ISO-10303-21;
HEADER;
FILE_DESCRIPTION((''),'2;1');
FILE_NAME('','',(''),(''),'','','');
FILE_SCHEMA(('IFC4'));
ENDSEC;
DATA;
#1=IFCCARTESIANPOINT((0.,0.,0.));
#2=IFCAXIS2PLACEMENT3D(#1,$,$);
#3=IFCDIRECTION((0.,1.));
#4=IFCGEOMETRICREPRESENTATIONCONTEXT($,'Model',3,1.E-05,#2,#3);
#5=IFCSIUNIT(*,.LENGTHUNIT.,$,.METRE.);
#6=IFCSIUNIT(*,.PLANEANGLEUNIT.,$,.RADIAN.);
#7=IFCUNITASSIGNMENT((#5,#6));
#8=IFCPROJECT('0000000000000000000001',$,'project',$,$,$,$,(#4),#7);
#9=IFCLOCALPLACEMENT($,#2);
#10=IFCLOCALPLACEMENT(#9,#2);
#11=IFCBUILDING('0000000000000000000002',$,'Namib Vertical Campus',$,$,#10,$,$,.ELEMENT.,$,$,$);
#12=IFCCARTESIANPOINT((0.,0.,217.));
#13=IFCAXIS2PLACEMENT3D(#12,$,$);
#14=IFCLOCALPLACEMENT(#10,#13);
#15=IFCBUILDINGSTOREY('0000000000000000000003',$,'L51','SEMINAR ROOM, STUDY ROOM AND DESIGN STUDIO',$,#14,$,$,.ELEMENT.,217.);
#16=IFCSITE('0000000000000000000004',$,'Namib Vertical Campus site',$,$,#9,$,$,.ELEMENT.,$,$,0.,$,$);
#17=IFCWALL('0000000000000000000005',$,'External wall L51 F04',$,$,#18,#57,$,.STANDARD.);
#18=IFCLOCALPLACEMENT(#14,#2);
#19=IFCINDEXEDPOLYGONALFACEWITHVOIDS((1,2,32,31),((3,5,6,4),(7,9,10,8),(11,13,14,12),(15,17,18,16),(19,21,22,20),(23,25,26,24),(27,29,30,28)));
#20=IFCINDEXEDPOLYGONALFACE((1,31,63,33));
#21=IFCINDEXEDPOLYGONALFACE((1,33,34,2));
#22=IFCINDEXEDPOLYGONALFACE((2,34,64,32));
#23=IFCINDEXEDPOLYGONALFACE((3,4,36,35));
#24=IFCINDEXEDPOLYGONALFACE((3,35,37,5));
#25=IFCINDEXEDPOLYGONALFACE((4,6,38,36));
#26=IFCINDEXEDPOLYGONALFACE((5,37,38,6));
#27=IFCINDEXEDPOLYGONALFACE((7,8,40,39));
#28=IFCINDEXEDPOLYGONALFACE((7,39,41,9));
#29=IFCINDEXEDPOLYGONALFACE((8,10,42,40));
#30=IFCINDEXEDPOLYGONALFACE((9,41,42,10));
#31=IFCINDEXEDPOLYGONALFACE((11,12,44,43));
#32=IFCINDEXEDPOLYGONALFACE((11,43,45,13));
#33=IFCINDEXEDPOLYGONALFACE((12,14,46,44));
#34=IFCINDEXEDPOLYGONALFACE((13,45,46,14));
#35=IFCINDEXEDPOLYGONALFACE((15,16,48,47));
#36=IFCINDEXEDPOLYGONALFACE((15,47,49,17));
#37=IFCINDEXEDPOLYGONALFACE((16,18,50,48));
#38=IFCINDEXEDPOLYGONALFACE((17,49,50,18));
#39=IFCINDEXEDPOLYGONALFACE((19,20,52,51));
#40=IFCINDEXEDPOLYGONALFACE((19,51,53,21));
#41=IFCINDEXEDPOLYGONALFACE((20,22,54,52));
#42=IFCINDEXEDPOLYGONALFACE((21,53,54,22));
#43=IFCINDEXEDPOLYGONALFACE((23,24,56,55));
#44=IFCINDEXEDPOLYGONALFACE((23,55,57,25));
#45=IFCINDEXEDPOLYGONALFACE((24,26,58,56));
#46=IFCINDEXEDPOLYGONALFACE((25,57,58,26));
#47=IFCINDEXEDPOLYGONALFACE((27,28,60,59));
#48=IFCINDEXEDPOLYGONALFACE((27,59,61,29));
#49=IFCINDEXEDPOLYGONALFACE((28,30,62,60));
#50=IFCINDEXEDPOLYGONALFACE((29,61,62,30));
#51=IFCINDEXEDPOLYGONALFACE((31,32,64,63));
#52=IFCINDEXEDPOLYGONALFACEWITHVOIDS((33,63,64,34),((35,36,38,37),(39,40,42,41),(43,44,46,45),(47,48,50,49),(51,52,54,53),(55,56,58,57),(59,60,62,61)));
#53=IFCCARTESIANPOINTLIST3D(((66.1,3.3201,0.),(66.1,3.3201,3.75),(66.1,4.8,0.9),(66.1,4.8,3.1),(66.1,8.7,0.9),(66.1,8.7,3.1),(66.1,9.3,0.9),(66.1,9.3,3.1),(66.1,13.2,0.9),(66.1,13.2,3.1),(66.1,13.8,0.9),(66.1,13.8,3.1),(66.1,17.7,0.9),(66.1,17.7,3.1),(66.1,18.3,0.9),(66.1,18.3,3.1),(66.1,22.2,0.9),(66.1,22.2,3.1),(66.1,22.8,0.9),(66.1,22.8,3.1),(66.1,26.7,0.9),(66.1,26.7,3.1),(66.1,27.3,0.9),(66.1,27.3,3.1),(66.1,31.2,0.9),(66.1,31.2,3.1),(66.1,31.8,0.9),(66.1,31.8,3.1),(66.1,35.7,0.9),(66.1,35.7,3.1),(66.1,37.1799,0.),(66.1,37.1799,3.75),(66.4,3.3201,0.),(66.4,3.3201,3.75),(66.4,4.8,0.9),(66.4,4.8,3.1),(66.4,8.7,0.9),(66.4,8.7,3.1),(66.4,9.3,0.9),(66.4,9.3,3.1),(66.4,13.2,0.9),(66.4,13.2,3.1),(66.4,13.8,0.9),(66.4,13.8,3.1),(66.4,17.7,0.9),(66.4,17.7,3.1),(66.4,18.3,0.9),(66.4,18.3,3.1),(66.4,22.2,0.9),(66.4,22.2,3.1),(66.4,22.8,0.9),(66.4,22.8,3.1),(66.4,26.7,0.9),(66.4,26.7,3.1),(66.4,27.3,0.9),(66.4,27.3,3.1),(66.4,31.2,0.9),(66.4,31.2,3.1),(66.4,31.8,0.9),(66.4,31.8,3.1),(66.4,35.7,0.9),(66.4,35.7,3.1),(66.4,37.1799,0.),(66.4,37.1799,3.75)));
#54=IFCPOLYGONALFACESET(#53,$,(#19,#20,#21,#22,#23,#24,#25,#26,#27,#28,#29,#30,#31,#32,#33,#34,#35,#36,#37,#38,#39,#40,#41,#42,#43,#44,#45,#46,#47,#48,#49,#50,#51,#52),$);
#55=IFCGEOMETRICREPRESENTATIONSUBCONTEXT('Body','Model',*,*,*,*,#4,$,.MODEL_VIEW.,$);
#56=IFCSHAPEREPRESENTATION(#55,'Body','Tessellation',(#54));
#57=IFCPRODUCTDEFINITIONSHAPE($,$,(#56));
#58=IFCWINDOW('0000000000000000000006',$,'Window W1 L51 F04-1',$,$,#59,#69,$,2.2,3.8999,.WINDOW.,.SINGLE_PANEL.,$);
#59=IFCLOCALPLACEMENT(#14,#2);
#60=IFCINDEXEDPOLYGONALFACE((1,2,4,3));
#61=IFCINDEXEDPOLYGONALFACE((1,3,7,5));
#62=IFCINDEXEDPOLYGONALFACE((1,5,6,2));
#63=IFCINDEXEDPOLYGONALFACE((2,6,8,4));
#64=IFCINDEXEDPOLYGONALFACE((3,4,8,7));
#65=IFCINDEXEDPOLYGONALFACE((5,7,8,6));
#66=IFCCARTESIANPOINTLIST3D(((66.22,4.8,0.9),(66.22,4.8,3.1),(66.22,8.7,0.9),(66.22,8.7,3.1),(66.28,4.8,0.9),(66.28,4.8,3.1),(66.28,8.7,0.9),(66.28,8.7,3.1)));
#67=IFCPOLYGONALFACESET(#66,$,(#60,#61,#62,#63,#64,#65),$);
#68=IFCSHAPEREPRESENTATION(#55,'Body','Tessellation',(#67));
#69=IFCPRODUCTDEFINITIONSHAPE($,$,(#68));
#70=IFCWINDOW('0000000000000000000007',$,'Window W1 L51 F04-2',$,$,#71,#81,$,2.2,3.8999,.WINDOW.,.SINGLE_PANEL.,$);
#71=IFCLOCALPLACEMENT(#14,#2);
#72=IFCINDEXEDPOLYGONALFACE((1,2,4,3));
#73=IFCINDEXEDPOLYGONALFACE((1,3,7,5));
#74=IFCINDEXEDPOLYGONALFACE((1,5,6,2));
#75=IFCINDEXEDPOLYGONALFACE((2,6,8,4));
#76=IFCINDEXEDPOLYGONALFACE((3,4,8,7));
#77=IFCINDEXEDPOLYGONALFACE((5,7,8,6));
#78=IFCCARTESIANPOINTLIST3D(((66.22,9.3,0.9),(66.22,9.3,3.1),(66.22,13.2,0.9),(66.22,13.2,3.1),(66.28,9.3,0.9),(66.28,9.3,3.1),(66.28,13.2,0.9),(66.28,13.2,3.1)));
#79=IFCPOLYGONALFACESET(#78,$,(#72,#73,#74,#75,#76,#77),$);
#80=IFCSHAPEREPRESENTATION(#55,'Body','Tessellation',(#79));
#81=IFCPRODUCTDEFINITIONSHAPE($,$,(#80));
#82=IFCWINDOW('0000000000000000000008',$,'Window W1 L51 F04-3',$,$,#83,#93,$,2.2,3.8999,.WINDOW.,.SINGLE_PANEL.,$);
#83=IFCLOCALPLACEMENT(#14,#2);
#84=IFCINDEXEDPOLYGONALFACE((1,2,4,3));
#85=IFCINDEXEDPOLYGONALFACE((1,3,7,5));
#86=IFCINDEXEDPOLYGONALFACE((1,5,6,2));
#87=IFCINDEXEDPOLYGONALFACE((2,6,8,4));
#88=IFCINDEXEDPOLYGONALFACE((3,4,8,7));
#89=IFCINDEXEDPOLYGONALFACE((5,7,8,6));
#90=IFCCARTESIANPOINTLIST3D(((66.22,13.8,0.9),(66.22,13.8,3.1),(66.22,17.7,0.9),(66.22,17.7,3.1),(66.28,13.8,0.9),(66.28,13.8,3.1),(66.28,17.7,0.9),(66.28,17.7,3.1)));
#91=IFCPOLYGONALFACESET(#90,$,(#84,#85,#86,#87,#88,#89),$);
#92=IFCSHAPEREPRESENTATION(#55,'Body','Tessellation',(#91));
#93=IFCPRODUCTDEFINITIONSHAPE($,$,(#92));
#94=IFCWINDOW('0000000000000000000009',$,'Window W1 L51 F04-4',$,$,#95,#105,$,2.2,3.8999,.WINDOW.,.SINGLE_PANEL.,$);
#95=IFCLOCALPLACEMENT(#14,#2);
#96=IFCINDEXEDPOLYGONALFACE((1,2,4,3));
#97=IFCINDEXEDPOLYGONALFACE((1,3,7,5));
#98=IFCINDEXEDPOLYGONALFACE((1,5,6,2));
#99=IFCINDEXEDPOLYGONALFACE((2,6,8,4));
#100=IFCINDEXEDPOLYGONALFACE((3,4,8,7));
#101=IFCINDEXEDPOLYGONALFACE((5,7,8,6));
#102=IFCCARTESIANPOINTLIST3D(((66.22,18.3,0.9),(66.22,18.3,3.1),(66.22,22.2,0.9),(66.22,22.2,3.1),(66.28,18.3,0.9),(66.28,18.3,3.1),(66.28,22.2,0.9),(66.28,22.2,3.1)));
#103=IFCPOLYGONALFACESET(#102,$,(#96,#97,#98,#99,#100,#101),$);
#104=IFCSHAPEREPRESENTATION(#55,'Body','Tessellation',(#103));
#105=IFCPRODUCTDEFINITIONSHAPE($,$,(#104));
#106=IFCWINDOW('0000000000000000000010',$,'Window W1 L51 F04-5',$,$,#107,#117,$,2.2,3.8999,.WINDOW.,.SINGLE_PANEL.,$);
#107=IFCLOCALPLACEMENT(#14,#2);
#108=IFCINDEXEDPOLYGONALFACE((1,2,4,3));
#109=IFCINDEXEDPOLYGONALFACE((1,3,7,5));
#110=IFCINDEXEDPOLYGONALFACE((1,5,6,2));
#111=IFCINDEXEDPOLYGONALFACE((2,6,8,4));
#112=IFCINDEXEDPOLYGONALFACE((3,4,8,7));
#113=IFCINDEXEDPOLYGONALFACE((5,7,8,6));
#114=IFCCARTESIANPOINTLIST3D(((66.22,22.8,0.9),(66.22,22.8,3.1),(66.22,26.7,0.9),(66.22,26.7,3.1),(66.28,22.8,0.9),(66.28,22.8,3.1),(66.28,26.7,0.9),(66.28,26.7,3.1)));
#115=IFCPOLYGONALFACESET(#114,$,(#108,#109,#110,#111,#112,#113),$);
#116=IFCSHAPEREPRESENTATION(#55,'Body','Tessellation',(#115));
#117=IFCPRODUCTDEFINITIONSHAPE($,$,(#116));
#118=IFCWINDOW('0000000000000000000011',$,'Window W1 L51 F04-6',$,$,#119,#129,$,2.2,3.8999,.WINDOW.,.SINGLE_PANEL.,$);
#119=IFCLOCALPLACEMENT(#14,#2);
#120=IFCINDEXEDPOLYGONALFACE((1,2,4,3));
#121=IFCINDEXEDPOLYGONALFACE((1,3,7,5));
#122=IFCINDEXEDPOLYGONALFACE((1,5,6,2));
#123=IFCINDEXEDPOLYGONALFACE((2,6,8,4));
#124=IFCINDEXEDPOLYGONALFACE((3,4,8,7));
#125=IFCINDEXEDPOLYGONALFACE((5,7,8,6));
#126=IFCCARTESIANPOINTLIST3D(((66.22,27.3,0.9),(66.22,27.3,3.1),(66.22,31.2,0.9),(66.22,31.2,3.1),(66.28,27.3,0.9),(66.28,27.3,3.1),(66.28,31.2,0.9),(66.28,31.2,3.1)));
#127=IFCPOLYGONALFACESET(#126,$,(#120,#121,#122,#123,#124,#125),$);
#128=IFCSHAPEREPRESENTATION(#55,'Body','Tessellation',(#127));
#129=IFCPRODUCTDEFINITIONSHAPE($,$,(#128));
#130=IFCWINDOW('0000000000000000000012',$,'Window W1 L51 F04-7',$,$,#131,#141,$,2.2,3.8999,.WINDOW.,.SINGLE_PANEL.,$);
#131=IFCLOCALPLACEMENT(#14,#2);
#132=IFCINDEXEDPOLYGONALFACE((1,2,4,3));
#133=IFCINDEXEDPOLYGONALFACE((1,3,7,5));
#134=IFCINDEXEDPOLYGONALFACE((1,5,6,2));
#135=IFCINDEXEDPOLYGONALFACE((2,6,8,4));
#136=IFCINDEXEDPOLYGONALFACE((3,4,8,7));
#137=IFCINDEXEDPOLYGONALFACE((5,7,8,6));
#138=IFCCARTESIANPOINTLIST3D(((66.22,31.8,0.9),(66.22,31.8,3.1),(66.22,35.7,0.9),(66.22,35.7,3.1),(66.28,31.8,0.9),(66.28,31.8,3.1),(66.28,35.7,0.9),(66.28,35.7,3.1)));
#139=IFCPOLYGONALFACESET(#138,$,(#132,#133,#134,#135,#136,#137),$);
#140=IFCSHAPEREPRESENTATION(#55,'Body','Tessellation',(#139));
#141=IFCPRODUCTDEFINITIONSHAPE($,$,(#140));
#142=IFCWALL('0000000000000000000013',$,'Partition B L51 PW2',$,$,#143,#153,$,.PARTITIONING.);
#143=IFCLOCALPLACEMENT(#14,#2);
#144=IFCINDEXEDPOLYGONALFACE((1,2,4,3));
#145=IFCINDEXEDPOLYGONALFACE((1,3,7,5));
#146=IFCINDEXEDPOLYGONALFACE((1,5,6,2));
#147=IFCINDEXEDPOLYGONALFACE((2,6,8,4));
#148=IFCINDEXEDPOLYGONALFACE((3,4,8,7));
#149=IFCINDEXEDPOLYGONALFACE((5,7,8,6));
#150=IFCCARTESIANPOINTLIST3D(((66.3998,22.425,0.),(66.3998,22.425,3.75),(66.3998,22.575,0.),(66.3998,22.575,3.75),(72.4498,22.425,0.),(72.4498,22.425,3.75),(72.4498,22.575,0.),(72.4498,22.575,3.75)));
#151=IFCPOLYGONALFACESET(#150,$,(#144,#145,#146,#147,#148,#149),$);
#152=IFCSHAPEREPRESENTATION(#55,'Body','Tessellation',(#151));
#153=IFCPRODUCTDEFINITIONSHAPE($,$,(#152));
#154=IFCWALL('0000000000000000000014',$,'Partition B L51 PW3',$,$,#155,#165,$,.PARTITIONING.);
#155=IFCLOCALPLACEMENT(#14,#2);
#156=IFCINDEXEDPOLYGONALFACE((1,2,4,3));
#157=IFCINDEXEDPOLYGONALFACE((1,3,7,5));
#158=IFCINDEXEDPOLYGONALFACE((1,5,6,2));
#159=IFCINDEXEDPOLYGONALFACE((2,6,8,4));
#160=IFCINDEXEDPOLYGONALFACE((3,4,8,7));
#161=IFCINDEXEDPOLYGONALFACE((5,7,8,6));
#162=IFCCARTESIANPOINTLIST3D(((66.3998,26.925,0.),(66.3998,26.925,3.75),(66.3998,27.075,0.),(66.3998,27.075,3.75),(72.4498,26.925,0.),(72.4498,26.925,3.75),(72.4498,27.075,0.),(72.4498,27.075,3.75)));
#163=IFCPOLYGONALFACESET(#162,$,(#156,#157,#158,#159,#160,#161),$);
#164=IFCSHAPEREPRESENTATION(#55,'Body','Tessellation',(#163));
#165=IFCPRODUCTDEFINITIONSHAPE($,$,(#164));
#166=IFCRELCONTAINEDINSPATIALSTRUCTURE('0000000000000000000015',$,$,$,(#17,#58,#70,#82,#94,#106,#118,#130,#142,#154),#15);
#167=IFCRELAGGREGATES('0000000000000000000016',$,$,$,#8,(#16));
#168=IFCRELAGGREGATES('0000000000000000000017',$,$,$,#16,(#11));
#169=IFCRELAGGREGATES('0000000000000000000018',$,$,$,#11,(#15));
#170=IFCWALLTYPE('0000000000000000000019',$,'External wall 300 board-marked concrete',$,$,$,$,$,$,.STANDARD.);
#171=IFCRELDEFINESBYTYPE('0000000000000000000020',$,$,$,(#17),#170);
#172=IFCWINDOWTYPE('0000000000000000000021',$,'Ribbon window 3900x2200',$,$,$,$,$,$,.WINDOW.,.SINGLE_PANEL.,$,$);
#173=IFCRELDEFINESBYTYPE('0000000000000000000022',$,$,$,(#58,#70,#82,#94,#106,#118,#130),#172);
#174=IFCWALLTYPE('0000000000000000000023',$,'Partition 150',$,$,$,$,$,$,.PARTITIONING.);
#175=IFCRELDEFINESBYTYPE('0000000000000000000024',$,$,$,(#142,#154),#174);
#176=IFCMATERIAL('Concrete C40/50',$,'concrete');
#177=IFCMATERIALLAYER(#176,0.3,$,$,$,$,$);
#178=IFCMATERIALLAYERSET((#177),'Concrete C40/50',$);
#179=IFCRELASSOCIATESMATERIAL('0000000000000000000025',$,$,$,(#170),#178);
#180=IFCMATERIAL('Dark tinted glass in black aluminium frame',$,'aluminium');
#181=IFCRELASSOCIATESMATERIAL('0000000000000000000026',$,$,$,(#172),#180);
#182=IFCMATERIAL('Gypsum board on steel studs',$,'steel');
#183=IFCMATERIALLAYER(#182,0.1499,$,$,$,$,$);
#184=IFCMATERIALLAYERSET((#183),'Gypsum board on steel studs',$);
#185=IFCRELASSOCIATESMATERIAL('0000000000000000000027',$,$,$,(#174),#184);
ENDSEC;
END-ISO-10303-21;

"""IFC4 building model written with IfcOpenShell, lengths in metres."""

from ifc_helpers import new_model, si_unit, direction, frame, frame_2d, origin, place, context, subcontext, project, spatial, rectangle, extrude, material, layer, layer_set, type_object, element, fill, save


model = new_model("IFC4")

# Units and contexts
model_context = context("Model", 3, precision=1e-05, world=origin(), true_north=direction((0.0, 1.0)))
body_context = subcontext(model_context, "Body", "Model", "MODEL_VIEW")
ifc_project = project(units=[si_unit("LENGTHUNIT", "METRE"), si_unit("PLANEANGLEUNIT", "RADIAN")], contexts=[model_context])

# Site, building, storey
site_placement = place(None, origin())
site = spatial("IfcSite", under=ifc_project, at=site_placement, Name="Namib Vertical Campus site", CompositionType="ELEMENT", RefElevation=0.0)
building_placement = place(site_placement, origin())
building = spatial("IfcBuilding", under=site, at=building_placement, Name="Namib Vertical Campus", CompositionType="ELEMENT")
storey_placement = place(building_placement, frame((0.0, 0.0, 217.0)))
storey = spatial("IfcBuildingStorey", under=building, at=storey_placement, Name="L51", Description="SEMINAR ROOM, STUDY ROOM AND DESIGN STUDIO", CompositionType="ELEMENT", Elevation=217.0)

# Shared definitions
ifc_material_1 = material(Name="Concrete C40/50", Category="concrete")
ifc_layer_1 = layer(ifc_material_1, 0.3)
ifc_layer_set_1 = layer_set([ifc_layer_1], Name="Concrete C40/50")
wall_type_1 = type_object("IfcWallType", Name="External wall 300 board-marked concrete", PredefinedType="STANDARD", material=ifc_layer_set_1)

# Wall, openings, windows
wall_1_placement = place(storey_placement, frame((66.25, 37.1799, 0.0), z_axis=(0.0, 0.0, 1.0), x_axis=(0.0, -1.0, 0.0)))
wall_1 = element("IfcWall", 1, at=wall_1_placement, inside=storey, type_object=wall_type_1, Name="External wall L51 F04", PredefinedType="STANDARD", context=body_context, shape_type="SweptSolid", body=[
    extrude(rectangle(XDim=33.8599, YDim=0.3, at=frame_2d((16.9299, 0.0))), origin(), (0.0, 0.0, 1.0), 3.75),
])
opening_1_placement = place(wall_1_placement, frame((28.48, 0.0, 0.8999)))
opening_1 = element("IfcOpeningElement", 2, at=opening_1_placement, cuts=wall_1, PredefinedType="OPENING", context=body_context, shape_type="SweptSolid", body=[
    extrude(rectangle(XDim=3.8999, YDim=2.2, at=frame_2d((1.95, 1.1001))), frame((0.0, 0.1599, 0.0), z_axis=(0.0, -1.0, 0.0), x_axis=(1.0, 0.0, 0.0)), (0.0, 0.0, 1.0), 0.3201),
])
opening_2_placement = place(wall_1_placement, frame((23.98, 0.0, 0.8999)))
opening_2 = element("IfcOpeningElement", 3, at=opening_2_placement, cuts=wall_1, PredefinedType="OPENING", context=body_context, shape_type="SweptSolid", body=[
    extrude(rectangle(XDim=3.8999, YDim=2.2, at=frame_2d((1.95, 1.1001))), frame((0.0, 0.1599, 0.0), z_axis=(0.0, -1.0, 0.0), x_axis=(1.0, 0.0, 0.0)), (0.0, 0.0, 1.0), 0.3201),
])
opening_3_placement = place(wall_1_placement, frame((19.48, 0.0, 0.8999)))
opening_3 = element("IfcOpeningElement", 4, at=opening_3_placement, cuts=wall_1, PredefinedType="OPENING", context=body_context, shape_type="SweptSolid", body=[
    extrude(rectangle(XDim=3.8999, YDim=2.2, at=frame_2d((1.95, 1.1001))), frame((0.0, 0.1599, 0.0), z_axis=(0.0, -1.0, 0.0), x_axis=(1.0, 0.0, 0.0)), (0.0, 0.0, 1.0), 0.3201),
])
opening_4_placement = place(wall_1_placement, frame((14.98, 0.0, 0.8999)))
opening_4 = element("IfcOpeningElement", 5, at=opening_4_placement, cuts=wall_1, PredefinedType="OPENING", context=body_context, shape_type="SweptSolid", body=[
    extrude(rectangle(XDim=3.8999, YDim=2.2, at=frame_2d((1.95, 1.1001))), frame((0.0, 0.1599, 0.0), z_axis=(0.0, -1.0, 0.0), x_axis=(1.0, 0.0, 0.0)), (0.0, 0.0, 1.0), 0.3201),
])
opening_5_placement = place(wall_1_placement, frame((10.48, 0.0, 0.8999)))
opening_5 = element("IfcOpeningElement", 6, at=opening_5_placement, cuts=wall_1, PredefinedType="OPENING", context=body_context, shape_type="SweptSolid", body=[
    extrude(rectangle(XDim=3.8999, YDim=2.2, at=frame_2d((1.95, 1.1001))), frame((0.0, 0.1599, 0.0), z_axis=(0.0, -1.0, 0.0), x_axis=(1.0, 0.0, 0.0)), (0.0, 0.0, 1.0), 0.3201),
])
opening_6_placement = place(wall_1_placement, frame((5.98, 0.0, 0.8999)))
opening_6 = element("IfcOpeningElement", 7, at=opening_6_placement, cuts=wall_1, PredefinedType="OPENING", context=body_context, shape_type="SweptSolid", body=[
    extrude(rectangle(XDim=3.8999, YDim=2.2, at=frame_2d((1.95, 1.1001))), frame((0.0, 0.1599, 0.0), z_axis=(0.0, -1.0, 0.0), x_axis=(1.0, 0.0, 0.0)), (0.0, 0.0, 1.0), 0.3201),
])
opening_7_placement = place(wall_1_placement, frame((1.48, 0.0, 0.8999)))
opening_7 = element("IfcOpeningElement", 8, at=opening_7_placement, cuts=wall_1, PredefinedType="OPENING", context=body_context, shape_type="SweptSolid", body=[
    extrude(rectangle(XDim=3.8999, YDim=2.2, at=frame_2d((1.95, 1.1001))), frame((0.0, 0.1599, 0.0), z_axis=(0.0, -1.0, 0.0), x_axis=(1.0, 0.0, 0.0)), (0.0, 0.0, 1.0), 0.3201),
])
ifc_material_2 = material(Name="Dark tinted glass in black aluminium frame", Category="aluminium")
window_type = type_object("IfcWindowType", Name="Ribbon window 3900x2200", PartitioningType="SINGLE_PANEL", PredefinedType="WINDOW", material=ifc_material_2)
window_1_placement = place(opening_1_placement, origin())
window_1 = element("IfcWindow", 9, at=window_1_placement, inside=storey, type_object=window_type, Name="Window W1 L51 F04-1", OverallHeight=2.2, OverallWidth=3.8999, PartitioningType="SINGLE_PANEL", PredefinedType="WINDOW", context=body_context, shape_type="SweptSolid", body=[
    extrude(rectangle(XDim=3.8999, YDim=2.2, at=frame_2d((1.95, 1.1001))), frame((0.0, 0.03, 0.0), z_axis=(0.0, -1.0, 0.0), x_axis=(1.0, 0.0, 0.0)), (0.0, 0.0, 1.0), 0.0601),
])
fill(opening_1, window_1)
window_2_placement = place(opening_2_placement, origin())
window_2 = element("IfcWindow", 10, at=window_2_placement, inside=storey, type_object=window_type, Name="Window W1 L51 F04-2", OverallHeight=2.2, OverallWidth=3.8999, PartitioningType="SINGLE_PANEL", PredefinedType="WINDOW", context=body_context, shape_type="SweptSolid", body=[
    extrude(rectangle(XDim=3.8999, YDim=2.2, at=frame_2d((1.95, 1.1001))), frame((0.0, 0.03, 0.0), z_axis=(0.0, -1.0, 0.0), x_axis=(1.0, 0.0, 0.0)), (0.0, 0.0, 1.0), 0.0601),
])
fill(opening_2, window_2)
window_3_placement = place(opening_3_placement, origin())
window_3 = element("IfcWindow", 11, at=window_3_placement, inside=storey, type_object=window_type, Name="Window W1 L51 F04-3", OverallHeight=2.2, OverallWidth=3.8999, PartitioningType="SINGLE_PANEL", PredefinedType="WINDOW", context=body_context, shape_type="SweptSolid", body=[
    extrude(rectangle(XDim=3.8999, YDim=2.2, at=frame_2d((1.95, 1.1001))), frame((0.0, 0.03, 0.0), z_axis=(0.0, -1.0, 0.0), x_axis=(1.0, 0.0, 0.0)), (0.0, 0.0, 1.0), 0.0601),
])
fill(opening_3, window_3)
window_4_placement = place(opening_4_placement, origin())
window_4 = element("IfcWindow", 12, at=window_4_placement, inside=storey, type_object=window_type, Name="Window W1 L51 F04-4", OverallHeight=2.2, OverallWidth=3.8999, PartitioningType="SINGLE_PANEL", PredefinedType="WINDOW", context=body_context, shape_type="SweptSolid", body=[
    extrude(rectangle(XDim=3.8999, YDim=2.2, at=frame_2d((1.95, 1.1001))), frame((0.0, 0.03, 0.0), z_axis=(0.0, -1.0, 0.0), x_axis=(1.0, 0.0, 0.0)), (0.0, 0.0, 1.0), 0.0601),
])
fill(opening_4, window_4)
window_5_placement = place(opening_5_placement, origin())
window_5 = element("IfcWindow", 13, at=window_5_placement, inside=storey, type_object=window_type, Name="Window W1 L51 F04-5", OverallHeight=2.2, OverallWidth=3.8999, PartitioningType="SINGLE_PANEL", PredefinedType="WINDOW", context=body_context, shape_type="SweptSolid", body=[
    extrude(rectangle(XDim=3.8999, YDim=2.2, at=frame_2d((1.95, 1.1001))), frame((0.0, 0.03, 0.0), z_axis=(0.0, -1.0, 0.0), x_axis=(1.0, 0.0, 0.0)), (0.0, 0.0, 1.0), 0.0601),
])
fill(opening_5, window_5)
window_6_placement = place(opening_6_placement, origin())
window_6 = element("IfcWindow", 14, at=window_6_placement, inside=storey, type_object=window_type, Name="Window W1 L51 F04-6", OverallHeight=2.2, OverallWidth=3.8999, PartitioningType="SINGLE_PANEL", PredefinedType="WINDOW", context=body_context, shape_type="SweptSolid", body=[
    extrude(rectangle(XDim=3.8999, YDim=2.2, at=frame_2d((1.95, 1.1001))), frame((0.0, 0.03, 0.0), z_axis=(0.0, -1.0, 0.0), x_axis=(1.0, 0.0, 0.0)), (0.0, 0.0, 1.0), 0.0601),
])
fill(opening_6, window_6)
window_7_placement = place(opening_7_placement, origin())
window_7 = element("IfcWindow", 15, at=window_7_placement, inside=storey, type_object=window_type, Name="Window W1 L51 F04-7", OverallHeight=2.2, OverallWidth=3.8999, PartitioningType="SINGLE_PANEL", PredefinedType="WINDOW", context=body_context, shape_type="SweptSolid", body=[
    extrude(rectangle(XDim=3.8999, YDim=2.2, at=frame_2d((1.95, 1.1001))), frame((0.0, 0.03, 0.0), z_axis=(0.0, -1.0, 0.0), x_axis=(1.0, 0.0, 0.0)), (0.0, 0.0, 1.0), 0.0601),
])
fill(opening_7, window_7)

# Walls
ifc_material_3 = material(Name="Gypsum board on steel studs", Category="steel")
ifc_layer_2 = layer(ifc_material_3, 0.1499)
ifc_layer_set_2 = layer_set([ifc_layer_2], Name="Gypsum board on steel studs")
wall_type_2 = type_object("IfcWallType", Name="Partition 150", PredefinedType="PARTITIONING", material=ifc_layer_set_2)
for number, where, z_axis, x_axis, name in (
    (16, (66.3999, 22.5, 0.0), (0.0, 0.0, 1.0), (1.0, 0.0, 0.0), "Partition B L51 PW2"),
    (17, (66.3999, 27.0, 0.0), (0.0, 0.0, 1.0), (1.0, 0.0, 0.0), "Partition B L51 PW3"),
):
    element("IfcWall", number, at=place(storey_placement, frame(where, z_axis=z_axis, x_axis=x_axis)), inside=storey, type_object=wall_type_2, Name=name, PredefinedType="PARTITIONING", context=body_context, shape_type="SweptSolid", body=[
        extrude(rectangle(XDim=6.05, YDim=0.1499, at=frame_2d((3.0249, 0.0))), origin(), (0.0, 0.0, 1.0), 3.75),
    ])

save(model, "model.ifc")
